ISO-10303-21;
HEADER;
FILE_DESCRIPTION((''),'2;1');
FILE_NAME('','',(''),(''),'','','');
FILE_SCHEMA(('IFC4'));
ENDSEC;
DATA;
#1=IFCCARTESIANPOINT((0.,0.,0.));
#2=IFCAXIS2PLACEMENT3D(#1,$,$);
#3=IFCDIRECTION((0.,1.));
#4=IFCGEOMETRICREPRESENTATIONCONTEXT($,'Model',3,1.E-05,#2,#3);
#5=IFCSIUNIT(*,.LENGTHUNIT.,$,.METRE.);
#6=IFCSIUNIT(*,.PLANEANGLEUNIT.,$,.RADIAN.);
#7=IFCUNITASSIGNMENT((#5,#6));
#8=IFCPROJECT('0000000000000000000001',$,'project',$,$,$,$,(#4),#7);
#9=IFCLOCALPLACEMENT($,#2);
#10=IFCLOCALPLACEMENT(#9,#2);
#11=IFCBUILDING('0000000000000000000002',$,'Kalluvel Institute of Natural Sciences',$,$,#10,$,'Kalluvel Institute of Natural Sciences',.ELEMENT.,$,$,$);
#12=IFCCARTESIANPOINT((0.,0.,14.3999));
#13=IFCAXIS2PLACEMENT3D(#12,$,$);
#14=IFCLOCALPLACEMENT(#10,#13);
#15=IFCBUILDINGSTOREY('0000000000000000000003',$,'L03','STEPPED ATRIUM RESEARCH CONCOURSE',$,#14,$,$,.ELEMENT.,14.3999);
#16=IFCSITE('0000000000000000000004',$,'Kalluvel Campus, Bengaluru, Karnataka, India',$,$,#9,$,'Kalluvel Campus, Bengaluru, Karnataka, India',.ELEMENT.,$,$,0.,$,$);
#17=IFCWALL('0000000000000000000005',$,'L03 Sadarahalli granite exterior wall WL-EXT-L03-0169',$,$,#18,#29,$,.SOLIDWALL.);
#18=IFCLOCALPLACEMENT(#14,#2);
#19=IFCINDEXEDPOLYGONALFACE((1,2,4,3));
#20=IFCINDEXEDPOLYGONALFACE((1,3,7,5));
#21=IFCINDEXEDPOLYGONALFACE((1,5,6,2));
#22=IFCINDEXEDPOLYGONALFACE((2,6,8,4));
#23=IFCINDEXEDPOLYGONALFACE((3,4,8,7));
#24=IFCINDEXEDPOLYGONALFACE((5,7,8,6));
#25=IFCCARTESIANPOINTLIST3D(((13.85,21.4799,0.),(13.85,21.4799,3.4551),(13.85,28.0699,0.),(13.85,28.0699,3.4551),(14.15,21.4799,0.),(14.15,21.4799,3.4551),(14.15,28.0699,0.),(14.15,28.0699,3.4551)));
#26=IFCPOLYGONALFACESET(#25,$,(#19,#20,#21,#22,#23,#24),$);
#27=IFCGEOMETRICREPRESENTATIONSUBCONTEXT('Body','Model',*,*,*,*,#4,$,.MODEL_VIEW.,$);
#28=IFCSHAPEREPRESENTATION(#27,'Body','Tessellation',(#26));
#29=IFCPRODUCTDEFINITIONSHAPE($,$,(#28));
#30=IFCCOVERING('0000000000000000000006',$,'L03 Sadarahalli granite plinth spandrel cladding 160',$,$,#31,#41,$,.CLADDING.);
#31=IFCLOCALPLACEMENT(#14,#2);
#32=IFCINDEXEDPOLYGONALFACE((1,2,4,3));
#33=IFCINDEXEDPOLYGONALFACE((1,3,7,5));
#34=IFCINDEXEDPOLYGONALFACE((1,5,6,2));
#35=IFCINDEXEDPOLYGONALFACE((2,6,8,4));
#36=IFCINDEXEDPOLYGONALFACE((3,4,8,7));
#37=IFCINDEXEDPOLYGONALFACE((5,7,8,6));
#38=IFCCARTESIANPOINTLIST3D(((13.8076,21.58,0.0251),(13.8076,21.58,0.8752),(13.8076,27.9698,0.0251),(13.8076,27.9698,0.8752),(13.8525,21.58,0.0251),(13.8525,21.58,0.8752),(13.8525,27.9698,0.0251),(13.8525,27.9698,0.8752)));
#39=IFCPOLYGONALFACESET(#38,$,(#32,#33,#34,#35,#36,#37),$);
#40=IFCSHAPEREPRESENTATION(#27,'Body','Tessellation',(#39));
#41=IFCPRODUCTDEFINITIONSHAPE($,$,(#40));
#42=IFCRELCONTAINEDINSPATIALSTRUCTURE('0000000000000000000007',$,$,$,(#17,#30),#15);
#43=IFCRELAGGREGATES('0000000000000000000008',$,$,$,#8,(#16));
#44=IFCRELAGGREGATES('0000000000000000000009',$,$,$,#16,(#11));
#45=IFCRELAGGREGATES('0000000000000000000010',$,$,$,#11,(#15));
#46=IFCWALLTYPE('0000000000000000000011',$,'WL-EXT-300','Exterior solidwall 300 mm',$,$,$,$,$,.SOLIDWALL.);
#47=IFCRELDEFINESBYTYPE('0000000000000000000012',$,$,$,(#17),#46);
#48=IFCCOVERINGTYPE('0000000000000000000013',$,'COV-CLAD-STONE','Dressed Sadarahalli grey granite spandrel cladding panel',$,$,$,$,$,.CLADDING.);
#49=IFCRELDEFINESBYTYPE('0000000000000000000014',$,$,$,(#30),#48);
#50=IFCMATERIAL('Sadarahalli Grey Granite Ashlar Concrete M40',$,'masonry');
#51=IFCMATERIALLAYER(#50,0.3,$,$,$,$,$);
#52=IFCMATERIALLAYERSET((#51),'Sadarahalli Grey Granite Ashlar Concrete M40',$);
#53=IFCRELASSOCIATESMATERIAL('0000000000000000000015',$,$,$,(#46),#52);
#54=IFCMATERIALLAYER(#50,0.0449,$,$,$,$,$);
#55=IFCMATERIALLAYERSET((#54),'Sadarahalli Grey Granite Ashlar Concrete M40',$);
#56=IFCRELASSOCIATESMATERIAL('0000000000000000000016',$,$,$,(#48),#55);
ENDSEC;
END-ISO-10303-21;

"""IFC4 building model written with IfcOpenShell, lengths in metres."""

from ifc_helpers import new_model, si_unit, direction, frame, frame_2d, origin, origin_2d, place, context, subcontext, project, spatial, rectangle, extrude, material, layer, layer_set, type_object, element, save


model = new_model("IFC4")

# Units and contexts
model_context = context("Model", 3, precision=1e-05, world=origin(), true_north=direction((0.0, 1.0)))
body_context = subcontext(model_context, "Body", "Model", "MODEL_VIEW")
ifc_project = project(units=[si_unit("LENGTHUNIT", "METRE"), si_unit("PLANEANGLEUNIT", "RADIAN")], contexts=[model_context])

# Site, building, storey
site_placement = place(None, origin())
site = spatial("IfcSite", under=ifc_project, at=site_placement, Name="Kalluvel Campus, Bengaluru, Karnataka, India", LongName="Kalluvel Campus, Bengaluru, Karnataka, India", CompositionType="ELEMENT", RefElevation=0.0)
building_placement = place(site_placement, origin())
building = spatial("IfcBuilding", under=site, at=building_placement, Name="Kalluvel Institute of Natural Sciences", LongName="Kalluvel Institute of Natural Sciences", CompositionType="ELEMENT")
storey_placement = place(building_placement, frame((0.0, 0.0, 14.3999)))
storey = spatial("IfcBuildingStorey", under=building, at=storey_placement, Name="L03", Description="STEPPED ATRIUM RESEARCH CONCOURSE", CompositionType="ELEMENT", Elevation=14.3999)

# Wall
ifc_material_1 = material(Name="Sadarahalli Grey Granite Ashlar Concrete M40", Category="masonry")
ifc_layer_1 = layer(ifc_material_1, 0.3)
ifc_layer_set_1 = layer_set([ifc_layer_1], Name="Sadarahalli Grey Granite Ashlar Concrete M40")
wall_type = type_object("IfcWallType", Name="WL-EXT-300", Description="Exterior solidwall 300 mm", PredefinedType="SOLIDWALL", material=ifc_layer_set_1)
wall_placement = place(storey_placement, frame((14.0, 21.48, 0.0), z_axis=(0.0, 0.0, 1.0), x_axis=(0.0, 1.0, 0.0)))
element("IfcWall", 1, at=wall_placement, inside=storey, type_object=wall_type, Name="L03 Sadarahalli granite exterior wall WL-EXT-L03-0169", PredefinedType="SOLIDWALL", context=body_context, shape_type="SweptSolid", body=[
    extrude(rectangle(XDim=6.5901, YDim=0.3, at=frame_2d((3.2949, 0.0))), origin(), (0.0, 0.0, 1.0), 3.4551),
])

# Covering
ifc_layer_2 = layer(ifc_material_1, 0.0449)
ifc_layer_set_2 = layer_set([ifc_layer_2], Name="Sadarahalli Grey Granite Ashlar Concrete M40")
covering_type = type_object("IfcCoveringType", Name="COV-CLAD-STONE", Description="Dressed Sadarahalli grey granite spandrel cladding panel", PredefinedType="CLADDING", material=ifc_layer_set_2)
covering_placement = place(storey_placement, frame((13.8301, 24.7749, 0.0251), z_axis=(0.0, 0.0, 1.0), x_axis=(0.0, 1.0, 0.0)))
element("IfcCovering", 2, at=covering_placement, inside=storey, type_object=covering_type, Name="L03 Sadarahalli granite plinth spandrel cladding 160", PredefinedType="CLADDING", context=body_context, shape_type="SweptSolid", body=[
    extrude(rectangle(XDim=6.3899, YDim=0.0449, at=origin_2d()), origin(), (0.0, 0.0, 1.0), 0.8501),
])

save(model, "model.ifc")
